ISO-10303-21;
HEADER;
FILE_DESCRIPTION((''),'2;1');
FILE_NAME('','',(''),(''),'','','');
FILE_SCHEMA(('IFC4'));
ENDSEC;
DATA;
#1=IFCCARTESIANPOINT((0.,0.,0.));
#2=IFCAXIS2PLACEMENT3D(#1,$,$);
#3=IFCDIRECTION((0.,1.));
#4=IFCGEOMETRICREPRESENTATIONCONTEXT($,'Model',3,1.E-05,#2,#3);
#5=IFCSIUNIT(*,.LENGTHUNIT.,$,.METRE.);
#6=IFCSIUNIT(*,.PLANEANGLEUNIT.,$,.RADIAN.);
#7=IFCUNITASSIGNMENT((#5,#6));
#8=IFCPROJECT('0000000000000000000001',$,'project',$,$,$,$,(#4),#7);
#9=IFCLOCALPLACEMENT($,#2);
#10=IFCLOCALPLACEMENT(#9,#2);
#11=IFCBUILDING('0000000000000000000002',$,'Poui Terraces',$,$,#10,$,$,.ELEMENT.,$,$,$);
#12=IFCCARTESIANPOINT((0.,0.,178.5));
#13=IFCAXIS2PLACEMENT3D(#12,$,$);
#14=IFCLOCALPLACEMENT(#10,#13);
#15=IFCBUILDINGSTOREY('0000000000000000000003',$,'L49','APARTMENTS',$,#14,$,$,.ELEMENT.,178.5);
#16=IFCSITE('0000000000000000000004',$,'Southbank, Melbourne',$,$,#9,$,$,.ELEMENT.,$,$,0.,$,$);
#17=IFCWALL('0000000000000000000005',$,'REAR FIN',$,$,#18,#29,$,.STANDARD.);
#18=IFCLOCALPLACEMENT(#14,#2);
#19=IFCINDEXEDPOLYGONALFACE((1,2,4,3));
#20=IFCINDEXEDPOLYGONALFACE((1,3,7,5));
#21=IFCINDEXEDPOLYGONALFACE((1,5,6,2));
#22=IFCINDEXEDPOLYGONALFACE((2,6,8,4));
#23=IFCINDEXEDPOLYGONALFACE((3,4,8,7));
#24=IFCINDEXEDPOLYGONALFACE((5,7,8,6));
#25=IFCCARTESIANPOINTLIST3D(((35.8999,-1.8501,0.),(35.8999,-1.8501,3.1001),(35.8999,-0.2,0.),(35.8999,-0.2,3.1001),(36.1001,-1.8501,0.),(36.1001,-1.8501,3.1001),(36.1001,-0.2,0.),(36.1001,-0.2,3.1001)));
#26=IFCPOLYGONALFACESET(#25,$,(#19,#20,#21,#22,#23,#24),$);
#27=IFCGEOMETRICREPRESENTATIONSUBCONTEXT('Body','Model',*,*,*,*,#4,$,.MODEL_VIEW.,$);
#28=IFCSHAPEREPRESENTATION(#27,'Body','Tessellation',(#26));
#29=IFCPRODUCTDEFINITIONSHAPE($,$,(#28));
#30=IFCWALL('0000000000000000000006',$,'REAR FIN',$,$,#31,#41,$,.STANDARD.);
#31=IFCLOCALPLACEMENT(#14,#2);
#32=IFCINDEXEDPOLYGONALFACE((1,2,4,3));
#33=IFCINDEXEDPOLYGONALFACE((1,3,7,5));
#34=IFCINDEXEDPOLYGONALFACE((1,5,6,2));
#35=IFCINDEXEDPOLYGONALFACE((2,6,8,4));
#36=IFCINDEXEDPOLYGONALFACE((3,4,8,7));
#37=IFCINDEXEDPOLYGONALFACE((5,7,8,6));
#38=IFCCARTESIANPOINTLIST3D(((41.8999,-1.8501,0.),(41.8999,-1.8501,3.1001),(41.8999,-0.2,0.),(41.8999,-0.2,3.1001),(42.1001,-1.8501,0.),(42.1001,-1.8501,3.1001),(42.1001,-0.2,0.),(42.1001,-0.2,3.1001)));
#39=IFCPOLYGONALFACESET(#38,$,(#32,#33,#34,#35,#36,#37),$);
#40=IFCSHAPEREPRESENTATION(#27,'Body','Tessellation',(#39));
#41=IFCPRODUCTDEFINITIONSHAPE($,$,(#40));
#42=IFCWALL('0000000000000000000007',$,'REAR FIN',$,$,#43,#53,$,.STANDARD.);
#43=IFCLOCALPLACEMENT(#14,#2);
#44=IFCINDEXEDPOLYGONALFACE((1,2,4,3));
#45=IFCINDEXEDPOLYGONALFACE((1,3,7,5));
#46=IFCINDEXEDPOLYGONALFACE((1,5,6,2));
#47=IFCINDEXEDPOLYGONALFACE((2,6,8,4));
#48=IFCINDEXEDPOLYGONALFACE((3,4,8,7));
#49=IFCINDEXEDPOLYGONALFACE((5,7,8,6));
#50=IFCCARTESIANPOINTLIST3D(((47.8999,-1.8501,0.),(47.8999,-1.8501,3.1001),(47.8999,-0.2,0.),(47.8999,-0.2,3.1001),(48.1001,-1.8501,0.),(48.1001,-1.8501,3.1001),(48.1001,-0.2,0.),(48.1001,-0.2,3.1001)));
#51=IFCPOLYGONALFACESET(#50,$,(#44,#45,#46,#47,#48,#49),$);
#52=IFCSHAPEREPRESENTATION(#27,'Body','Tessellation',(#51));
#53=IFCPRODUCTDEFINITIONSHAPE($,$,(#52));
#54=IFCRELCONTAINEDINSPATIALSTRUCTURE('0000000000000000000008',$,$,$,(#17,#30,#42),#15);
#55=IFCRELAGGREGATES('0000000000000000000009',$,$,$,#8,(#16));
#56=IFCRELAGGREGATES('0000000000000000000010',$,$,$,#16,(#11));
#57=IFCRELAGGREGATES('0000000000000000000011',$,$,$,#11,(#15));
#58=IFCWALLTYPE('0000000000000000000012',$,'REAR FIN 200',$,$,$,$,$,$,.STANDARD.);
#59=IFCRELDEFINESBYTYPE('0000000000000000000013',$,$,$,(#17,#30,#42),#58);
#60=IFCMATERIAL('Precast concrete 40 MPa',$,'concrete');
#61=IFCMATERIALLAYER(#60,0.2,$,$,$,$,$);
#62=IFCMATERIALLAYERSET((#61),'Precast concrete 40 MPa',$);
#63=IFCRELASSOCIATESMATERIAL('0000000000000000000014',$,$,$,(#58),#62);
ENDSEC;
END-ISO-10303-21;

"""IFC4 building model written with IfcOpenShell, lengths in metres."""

from ifc_helpers import new_model, si_unit, direction, frame, origin, place, context, subcontext, project, spatial, polyline, outline, extrude, source, transform, mapped, material, layer, layer_set, type_object, element, save


model = new_model("IFC4")

# Units and contexts
model_context = context("Model", 3, precision=1e-05, world=origin(), true_north=direction((0.0, 1.0)))
body_context = subcontext(model_context, "Body", "Model", "MODEL_VIEW")
ifc_project = project(units=[si_unit("LENGTHUNIT", "METRE"), si_unit("PLANEANGLEUNIT", "RADIAN")], contexts=[model_context])

# Site, building, storey
site_placement = place(None, origin())
site = spatial("IfcSite", under=ifc_project, at=site_placement, Name="Southbank, Melbourne", CompositionType="ELEMENT", RefElevation=0.0)
building_placement = place(site_placement, origin())
building = spatial("IfcBuilding", under=site, at=building_placement, Name="Poui Terraces", CompositionType="ELEMENT")
storey_placement = place(building_placement, frame((0.0, 0.0, 178.5)))
storey = spatial("IfcBuildingStorey", under=building, at=storey_placement, Name="L49", Description="APARTMENTS", CompositionType="ELEMENT", Elevation=178.5)

# Shared definitions
ifc_material_1 = material(Name="Precast concrete 40 MPa", Category="concrete")

# Walls
ifc_layer_1 = layer(ifc_material_1, 0.2)
ifc_layer_set_1 = layer_set([ifc_layer_1], Name="Precast concrete 40 MPa")
wall_type_1 = type_object("IfcWallType", Name="REAR FIN 200", PredefinedType="STANDARD", material=ifc_layer_set_1)
shared_shape_1 = source(origin(), body_context, "Body", "SweptSolid", [
    extrude(outline(polyline([(0.0, 0.0), (0.2002, 0.0), (0.2002, 1.6501), (0.0, 1.6501), (0.0, 0.0)])), origin(), (0.0, 0.0, 1.0), 3.1001),
])
for number, where, name in (
    (1, (35.8999, -1.8501, 0.0), "REAR FIN"),
    (2, (41.8999, -1.8501, 0.0), "REAR FIN"),
    (3, (47.8999, -1.8501, 0.0), "REAR FIN"),
):
    element("IfcWall", number, at=place(storey_placement, frame(where)), inside=storey, type_object=wall_type_1, Name=name, PredefinedType="STANDARD", context=body_context, shape_type="MappedRepresentation", body=[
        mapped(shared_shape_1, transform((0.0, 0.0, 0.0))),
    ])

save(model, "model.ifc")
